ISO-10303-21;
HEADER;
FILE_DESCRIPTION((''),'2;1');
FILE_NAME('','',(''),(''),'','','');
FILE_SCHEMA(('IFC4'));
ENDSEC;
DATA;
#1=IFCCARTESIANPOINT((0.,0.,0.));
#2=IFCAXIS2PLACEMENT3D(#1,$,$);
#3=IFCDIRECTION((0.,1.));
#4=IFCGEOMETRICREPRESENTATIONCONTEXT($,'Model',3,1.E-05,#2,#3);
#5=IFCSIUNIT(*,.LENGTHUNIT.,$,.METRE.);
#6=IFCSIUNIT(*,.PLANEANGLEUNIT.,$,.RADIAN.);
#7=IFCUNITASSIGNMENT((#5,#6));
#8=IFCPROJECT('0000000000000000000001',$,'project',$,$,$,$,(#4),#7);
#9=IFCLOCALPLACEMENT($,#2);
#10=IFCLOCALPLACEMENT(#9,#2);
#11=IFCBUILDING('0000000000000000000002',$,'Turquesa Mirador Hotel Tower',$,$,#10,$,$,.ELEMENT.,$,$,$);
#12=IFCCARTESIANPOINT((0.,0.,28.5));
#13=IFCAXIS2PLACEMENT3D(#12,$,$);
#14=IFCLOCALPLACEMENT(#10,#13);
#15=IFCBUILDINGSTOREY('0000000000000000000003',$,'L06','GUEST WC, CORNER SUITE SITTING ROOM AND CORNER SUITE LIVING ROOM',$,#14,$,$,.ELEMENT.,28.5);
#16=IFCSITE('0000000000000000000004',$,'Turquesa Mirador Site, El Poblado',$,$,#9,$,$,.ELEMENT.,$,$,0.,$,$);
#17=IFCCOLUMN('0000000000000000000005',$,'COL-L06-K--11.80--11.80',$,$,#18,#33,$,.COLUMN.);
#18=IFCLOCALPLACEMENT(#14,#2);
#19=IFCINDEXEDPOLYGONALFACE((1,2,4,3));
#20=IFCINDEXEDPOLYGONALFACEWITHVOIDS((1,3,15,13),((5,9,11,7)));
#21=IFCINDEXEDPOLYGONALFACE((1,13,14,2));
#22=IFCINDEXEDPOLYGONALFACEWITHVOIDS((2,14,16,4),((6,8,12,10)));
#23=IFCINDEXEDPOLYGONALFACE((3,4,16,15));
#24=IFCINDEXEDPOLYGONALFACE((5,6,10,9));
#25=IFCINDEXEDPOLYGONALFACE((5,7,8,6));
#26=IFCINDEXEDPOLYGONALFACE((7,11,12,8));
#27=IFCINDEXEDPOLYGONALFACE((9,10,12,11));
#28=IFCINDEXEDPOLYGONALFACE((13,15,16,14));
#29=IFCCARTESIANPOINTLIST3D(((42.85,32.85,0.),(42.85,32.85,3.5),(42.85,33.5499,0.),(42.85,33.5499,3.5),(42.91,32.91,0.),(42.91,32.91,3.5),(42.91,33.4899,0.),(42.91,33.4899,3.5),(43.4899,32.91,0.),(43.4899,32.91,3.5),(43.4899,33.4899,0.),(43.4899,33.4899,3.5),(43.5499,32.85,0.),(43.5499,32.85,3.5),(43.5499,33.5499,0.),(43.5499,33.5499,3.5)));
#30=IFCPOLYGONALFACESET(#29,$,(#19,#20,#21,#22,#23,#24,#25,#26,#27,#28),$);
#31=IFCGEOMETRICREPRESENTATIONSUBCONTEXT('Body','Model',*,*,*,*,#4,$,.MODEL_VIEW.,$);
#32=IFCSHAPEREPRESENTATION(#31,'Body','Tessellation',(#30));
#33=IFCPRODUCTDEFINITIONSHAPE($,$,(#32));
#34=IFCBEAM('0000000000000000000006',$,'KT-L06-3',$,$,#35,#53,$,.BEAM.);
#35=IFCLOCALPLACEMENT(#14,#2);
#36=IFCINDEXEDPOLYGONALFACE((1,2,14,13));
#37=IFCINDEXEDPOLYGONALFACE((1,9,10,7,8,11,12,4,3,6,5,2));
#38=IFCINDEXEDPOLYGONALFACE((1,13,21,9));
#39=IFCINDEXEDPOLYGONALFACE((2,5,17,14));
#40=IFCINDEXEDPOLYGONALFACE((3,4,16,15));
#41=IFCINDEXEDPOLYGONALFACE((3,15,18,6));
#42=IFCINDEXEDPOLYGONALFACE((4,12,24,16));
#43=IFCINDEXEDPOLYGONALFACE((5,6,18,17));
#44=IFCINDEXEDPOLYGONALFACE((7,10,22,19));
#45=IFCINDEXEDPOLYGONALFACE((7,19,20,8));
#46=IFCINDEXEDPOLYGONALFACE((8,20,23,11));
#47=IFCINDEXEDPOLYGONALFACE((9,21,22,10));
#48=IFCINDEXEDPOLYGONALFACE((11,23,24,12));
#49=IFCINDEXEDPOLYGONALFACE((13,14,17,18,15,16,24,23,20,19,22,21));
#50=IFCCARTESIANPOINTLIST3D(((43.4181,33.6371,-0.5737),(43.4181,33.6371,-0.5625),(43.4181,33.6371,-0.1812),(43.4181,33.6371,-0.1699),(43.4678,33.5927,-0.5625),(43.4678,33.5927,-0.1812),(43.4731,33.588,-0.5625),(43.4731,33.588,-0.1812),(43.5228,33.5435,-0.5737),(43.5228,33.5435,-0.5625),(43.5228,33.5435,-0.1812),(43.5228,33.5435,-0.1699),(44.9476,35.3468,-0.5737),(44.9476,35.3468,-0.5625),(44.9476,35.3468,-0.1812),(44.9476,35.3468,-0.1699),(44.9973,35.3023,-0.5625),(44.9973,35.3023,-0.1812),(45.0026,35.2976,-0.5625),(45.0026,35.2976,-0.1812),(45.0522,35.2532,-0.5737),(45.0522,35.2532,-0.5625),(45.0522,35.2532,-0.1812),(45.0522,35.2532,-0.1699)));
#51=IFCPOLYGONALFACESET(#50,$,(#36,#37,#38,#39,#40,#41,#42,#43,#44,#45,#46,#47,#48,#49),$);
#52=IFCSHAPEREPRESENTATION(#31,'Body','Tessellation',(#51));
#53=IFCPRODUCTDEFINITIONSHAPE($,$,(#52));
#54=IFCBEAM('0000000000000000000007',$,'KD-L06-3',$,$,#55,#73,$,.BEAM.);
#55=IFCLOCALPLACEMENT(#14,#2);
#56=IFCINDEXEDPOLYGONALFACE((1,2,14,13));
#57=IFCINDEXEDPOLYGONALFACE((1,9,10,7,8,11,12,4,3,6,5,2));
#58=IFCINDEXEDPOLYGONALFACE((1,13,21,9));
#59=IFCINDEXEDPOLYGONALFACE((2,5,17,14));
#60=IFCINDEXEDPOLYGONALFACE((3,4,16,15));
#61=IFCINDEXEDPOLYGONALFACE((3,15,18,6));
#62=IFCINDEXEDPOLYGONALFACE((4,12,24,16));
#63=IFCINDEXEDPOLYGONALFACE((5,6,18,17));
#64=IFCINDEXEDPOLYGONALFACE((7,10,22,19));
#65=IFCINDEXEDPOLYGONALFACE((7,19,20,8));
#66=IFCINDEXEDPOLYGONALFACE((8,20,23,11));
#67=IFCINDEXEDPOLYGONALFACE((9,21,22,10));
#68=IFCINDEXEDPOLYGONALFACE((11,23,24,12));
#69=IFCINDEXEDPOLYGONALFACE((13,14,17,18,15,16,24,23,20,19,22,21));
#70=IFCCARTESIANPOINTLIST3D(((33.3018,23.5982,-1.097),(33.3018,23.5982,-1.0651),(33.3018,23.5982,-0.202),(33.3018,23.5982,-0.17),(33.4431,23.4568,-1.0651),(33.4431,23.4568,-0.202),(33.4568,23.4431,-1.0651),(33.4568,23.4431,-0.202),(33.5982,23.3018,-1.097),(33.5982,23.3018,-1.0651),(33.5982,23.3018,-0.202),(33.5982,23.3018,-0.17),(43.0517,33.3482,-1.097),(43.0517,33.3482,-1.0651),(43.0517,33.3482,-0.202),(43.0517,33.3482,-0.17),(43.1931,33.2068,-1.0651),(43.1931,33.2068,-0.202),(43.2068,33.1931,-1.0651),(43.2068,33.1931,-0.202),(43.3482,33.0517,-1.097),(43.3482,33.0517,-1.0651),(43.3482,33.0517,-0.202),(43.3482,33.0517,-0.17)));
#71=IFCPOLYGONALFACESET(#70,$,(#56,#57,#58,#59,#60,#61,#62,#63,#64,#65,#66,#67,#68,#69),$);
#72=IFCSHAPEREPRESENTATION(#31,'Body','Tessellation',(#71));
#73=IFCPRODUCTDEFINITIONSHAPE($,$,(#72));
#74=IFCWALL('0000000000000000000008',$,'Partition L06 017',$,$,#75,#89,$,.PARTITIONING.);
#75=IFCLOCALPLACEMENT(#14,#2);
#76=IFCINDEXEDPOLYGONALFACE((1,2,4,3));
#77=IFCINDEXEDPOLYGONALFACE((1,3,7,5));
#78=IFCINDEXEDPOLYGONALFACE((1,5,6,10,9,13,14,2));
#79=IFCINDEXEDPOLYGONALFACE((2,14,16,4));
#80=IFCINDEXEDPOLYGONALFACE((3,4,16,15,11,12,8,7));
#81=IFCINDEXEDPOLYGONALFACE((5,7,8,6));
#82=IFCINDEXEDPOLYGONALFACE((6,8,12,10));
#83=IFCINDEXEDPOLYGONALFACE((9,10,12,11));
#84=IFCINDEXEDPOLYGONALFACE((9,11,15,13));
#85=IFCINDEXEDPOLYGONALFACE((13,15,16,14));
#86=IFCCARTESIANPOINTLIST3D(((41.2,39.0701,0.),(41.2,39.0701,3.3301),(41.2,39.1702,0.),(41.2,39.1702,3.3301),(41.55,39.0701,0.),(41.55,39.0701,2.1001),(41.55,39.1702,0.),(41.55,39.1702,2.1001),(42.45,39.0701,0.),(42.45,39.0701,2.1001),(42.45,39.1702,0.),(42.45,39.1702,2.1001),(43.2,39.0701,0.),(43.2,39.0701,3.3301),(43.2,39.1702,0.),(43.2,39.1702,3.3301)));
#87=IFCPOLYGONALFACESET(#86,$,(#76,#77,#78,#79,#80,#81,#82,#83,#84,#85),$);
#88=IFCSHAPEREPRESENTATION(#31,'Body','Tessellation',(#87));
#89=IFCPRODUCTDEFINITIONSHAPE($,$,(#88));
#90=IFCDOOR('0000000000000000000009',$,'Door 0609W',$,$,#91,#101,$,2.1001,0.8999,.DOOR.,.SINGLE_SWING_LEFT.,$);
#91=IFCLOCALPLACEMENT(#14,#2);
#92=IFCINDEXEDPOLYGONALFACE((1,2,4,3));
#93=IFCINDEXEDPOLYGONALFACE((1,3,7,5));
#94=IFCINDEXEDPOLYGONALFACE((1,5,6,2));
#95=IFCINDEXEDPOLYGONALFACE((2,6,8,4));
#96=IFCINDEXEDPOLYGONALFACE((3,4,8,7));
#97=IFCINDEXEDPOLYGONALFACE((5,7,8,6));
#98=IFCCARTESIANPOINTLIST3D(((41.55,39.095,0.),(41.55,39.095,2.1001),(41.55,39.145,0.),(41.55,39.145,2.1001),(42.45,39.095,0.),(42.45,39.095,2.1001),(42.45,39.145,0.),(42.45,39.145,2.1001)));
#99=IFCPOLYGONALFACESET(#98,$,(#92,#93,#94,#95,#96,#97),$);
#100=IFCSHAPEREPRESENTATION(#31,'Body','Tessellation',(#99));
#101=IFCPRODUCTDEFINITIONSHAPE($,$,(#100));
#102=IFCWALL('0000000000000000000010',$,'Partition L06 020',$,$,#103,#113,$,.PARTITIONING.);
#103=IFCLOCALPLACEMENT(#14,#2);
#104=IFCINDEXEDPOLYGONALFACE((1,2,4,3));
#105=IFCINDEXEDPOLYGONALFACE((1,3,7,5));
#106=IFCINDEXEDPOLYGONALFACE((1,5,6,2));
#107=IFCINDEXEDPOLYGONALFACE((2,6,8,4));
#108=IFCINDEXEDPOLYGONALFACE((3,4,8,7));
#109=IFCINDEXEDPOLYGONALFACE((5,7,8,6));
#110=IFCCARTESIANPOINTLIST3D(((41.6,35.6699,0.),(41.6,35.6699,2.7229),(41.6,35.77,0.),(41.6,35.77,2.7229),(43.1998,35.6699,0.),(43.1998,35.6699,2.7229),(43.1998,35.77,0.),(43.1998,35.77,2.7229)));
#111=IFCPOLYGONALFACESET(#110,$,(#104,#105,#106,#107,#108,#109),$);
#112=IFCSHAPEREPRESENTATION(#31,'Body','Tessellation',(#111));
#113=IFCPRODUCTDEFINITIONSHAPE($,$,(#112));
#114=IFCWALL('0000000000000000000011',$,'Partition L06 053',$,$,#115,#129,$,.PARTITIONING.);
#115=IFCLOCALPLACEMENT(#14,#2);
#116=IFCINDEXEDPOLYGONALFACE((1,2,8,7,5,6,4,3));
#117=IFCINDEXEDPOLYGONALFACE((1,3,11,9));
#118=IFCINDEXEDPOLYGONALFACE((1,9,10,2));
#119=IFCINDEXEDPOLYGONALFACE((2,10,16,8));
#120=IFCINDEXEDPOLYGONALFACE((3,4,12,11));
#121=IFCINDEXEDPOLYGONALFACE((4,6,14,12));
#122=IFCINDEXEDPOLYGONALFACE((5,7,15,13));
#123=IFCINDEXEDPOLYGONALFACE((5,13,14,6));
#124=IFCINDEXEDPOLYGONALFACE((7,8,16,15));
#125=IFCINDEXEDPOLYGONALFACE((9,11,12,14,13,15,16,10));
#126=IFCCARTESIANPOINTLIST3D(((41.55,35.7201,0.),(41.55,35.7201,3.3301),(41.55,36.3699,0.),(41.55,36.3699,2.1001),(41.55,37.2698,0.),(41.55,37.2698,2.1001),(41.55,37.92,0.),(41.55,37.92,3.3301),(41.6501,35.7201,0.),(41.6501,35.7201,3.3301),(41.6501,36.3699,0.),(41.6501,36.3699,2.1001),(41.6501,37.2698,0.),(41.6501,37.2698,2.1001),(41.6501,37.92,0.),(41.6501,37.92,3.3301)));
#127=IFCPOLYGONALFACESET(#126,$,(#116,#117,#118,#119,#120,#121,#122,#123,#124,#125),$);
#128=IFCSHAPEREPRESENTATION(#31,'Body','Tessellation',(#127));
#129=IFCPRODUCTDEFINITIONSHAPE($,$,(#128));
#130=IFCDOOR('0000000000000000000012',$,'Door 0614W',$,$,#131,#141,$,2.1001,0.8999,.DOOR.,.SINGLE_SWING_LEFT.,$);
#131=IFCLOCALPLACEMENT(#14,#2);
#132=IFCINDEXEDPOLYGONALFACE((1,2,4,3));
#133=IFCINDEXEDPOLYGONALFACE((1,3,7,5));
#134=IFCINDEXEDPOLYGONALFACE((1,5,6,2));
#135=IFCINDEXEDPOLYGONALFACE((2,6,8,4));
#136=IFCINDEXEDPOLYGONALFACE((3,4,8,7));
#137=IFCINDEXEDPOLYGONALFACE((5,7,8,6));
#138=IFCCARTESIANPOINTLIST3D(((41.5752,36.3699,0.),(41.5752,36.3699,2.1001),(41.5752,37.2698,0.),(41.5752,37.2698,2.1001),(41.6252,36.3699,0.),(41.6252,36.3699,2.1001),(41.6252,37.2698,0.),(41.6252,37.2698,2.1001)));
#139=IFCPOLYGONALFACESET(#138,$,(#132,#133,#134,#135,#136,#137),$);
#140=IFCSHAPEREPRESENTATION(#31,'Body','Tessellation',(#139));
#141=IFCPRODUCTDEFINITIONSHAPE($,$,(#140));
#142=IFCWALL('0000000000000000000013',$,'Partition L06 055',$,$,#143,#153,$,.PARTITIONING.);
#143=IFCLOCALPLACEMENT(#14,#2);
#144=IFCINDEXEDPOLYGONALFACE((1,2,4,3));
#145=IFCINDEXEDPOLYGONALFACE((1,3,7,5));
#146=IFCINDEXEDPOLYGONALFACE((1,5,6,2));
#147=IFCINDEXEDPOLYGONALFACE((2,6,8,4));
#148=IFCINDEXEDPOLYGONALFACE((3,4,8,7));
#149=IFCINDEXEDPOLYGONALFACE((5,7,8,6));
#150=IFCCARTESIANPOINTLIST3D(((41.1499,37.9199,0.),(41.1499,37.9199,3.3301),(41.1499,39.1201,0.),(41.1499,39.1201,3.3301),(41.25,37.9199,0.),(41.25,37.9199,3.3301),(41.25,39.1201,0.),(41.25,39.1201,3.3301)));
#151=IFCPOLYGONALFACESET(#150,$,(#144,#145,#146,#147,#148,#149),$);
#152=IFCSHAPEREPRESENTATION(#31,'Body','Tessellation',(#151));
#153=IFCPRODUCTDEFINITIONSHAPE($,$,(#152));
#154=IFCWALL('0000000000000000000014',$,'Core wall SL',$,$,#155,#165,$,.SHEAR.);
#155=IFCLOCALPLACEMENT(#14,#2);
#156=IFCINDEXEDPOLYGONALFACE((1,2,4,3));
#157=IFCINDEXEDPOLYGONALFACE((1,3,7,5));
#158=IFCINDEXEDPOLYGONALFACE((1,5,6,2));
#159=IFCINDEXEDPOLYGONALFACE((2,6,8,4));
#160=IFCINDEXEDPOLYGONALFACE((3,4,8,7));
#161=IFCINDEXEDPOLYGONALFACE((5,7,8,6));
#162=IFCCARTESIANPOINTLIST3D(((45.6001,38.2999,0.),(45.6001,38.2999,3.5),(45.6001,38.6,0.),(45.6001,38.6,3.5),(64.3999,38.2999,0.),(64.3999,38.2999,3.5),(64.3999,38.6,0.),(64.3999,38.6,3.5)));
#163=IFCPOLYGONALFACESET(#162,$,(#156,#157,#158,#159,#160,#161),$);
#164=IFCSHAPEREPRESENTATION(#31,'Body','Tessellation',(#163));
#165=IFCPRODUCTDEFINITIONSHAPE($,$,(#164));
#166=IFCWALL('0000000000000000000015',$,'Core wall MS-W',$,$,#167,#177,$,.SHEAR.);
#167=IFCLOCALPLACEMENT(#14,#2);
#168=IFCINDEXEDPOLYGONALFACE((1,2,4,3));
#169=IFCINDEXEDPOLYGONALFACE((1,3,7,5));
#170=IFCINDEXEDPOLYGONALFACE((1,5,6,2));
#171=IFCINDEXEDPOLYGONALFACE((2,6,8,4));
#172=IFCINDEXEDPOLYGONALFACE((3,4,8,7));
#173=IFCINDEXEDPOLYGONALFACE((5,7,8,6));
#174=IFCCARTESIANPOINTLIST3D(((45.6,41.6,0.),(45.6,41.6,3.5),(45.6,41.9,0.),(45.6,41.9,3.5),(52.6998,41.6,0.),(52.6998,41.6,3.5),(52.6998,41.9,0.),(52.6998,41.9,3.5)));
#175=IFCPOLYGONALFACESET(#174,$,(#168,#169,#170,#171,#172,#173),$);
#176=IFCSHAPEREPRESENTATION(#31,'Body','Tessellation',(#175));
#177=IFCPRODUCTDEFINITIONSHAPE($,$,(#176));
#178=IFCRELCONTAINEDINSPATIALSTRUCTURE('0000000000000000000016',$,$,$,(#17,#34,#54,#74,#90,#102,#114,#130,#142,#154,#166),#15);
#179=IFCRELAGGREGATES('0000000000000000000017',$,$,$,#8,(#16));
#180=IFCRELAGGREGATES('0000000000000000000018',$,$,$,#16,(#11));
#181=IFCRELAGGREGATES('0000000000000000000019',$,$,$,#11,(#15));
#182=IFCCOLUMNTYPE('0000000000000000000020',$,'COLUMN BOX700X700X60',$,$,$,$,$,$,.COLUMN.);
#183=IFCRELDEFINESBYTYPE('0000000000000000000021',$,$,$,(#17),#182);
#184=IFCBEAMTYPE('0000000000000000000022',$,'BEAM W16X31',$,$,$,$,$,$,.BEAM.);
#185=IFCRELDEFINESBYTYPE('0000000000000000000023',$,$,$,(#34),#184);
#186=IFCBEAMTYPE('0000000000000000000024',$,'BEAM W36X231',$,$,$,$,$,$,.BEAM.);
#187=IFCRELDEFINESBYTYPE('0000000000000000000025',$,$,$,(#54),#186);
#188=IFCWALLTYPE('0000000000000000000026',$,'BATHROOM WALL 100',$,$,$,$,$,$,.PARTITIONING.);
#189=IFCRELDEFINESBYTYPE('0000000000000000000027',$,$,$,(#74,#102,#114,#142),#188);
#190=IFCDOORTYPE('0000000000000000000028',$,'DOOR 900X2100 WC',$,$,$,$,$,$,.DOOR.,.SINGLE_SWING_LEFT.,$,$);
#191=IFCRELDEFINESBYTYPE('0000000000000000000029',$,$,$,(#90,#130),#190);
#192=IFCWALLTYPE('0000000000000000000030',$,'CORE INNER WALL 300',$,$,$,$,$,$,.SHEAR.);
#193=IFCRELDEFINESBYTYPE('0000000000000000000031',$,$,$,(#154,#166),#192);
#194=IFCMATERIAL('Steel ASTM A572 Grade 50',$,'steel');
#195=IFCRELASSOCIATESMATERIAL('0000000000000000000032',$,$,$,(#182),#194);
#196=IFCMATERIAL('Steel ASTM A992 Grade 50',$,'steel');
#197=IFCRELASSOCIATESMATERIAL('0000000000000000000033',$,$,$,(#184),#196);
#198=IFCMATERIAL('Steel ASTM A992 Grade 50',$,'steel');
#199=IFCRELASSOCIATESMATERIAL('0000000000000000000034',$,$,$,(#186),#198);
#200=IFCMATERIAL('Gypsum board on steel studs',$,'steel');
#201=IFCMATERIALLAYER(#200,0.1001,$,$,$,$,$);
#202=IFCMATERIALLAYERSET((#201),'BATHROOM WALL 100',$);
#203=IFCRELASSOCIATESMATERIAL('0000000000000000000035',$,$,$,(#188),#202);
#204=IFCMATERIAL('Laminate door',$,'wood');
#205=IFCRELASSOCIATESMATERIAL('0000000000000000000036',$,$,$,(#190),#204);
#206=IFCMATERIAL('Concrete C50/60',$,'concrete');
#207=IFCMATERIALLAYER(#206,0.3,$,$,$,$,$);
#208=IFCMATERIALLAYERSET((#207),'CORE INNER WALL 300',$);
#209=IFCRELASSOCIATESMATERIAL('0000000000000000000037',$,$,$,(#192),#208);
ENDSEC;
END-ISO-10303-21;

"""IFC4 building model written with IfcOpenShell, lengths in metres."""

from ifc_helpers import new_model, si_unit, direction, frame, frame_2d, origin, origin_2d, place, context, subcontext, project, spatial, rectangle, hollow_rectangle, i_section, extrude, material, layer, layer_set, material_profile, profile_set, type_object, element, fill, save


model = new_model("IFC4")

# Units and contexts
model_context = context("Model", 3, precision=1e-05, world=origin(), true_north=direction((0.0, 1.0)))
body_context = subcontext(model_context, "Body", "Model", "MODEL_VIEW")
ifc_project = project(units=[si_unit("LENGTHUNIT", "METRE"), si_unit("PLANEANGLEUNIT", "RADIAN")], contexts=[model_context])

# Site, building, storey
site_placement = place(None, origin())
site = spatial("IfcSite", under=ifc_project, at=site_placement, Name="Turquesa Mirador Site, El Poblado", CompositionType="ELEMENT", RefElevation=0.0)
building_placement = place(site_placement, origin())
building = spatial("IfcBuilding", under=site, at=building_placement, Name="Turquesa Mirador Hotel Tower", CompositionType="ELEMENT")
storey_placement = place(building_placement, frame((0.0, 0.0, 28.5)))
storey = spatial("IfcBuildingStorey", under=building, at=storey_placement, Name="L06", Description="GUEST WC, CORNER SUITE SITTING ROOM AND CORNER SUITE LIVING ROOM", CompositionType="ELEMENT", Elevation=28.5)

# Column
ifc_material_1 = material(Name="Steel ASTM A572 Grade 50", Category="steel")
ifc_material_profile_1 = material_profile(ifc_material_1, hollow_rectangle(XDim=0.7, YDim=0.7, WallThickness=0.0601, at=origin_2d()), Name="BOX700X700X60")
ifc_profile_set_1 = profile_set([ifc_material_profile_1], Name="Steel ASTM A572 Grade 50")
column_type = type_object("IfcColumnType", Name="COLUMN BOX700X700X60", PredefinedType="COLUMN", material=ifc_profile_set_1)
column_placement = place(storey_placement, frame((43.2, 33.2, 0.0), z_axis=(0.0, 0.0, 1.0), x_axis=(1.0, 0.0, 0.0)))
element("IfcColumn", 1, at=column_placement, inside=storey, type_object=column_type, Name="COL-L06-K--11.80--11.80", PredefinedType="COLUMN", context=body_context, shape_type="SweptSolid", body=[
    extrude(hollow_rectangle(XDim=0.7, YDim=0.7, WallThickness=0.0601, at=origin_2d()), origin(), (0.0, 0.0, 1.0), 3.5),
])

# Beams
ifc_material_2 = material(Name="Steel ASTM A992 Grade 50", Category="steel")
ifc_material_profile_2 = material_profile(ifc_material_2, i_section(OverallWidth=0.1404, OverallDepth=0.4038, WebThickness=0.0071, FlangeThickness=0.0112, at=origin_2d()), Name="W16X31")
ifc_profile_set_2 = profile_set([ifc_material_profile_2], Name="Steel ASTM A992 Grade 50")
beam_type_1 = type_object("IfcBeamType", Name="BEAM W16X31", PredefinedType="BEAM", material=ifc_profile_set_2)
beam_1_placement = place(storey_placement, frame((43.4705, 33.5903, -0.3718), z_axis=(0.666745, 0.745286, 0.0), x_axis=(-0.745286, 0.666745, 0.0)))
element("IfcBeam", 2, at=beam_1_placement, inside=storey, type_object=beam_type_1, Name="KT-L06-3", PredefinedType="BEAM", context=body_context, shape_type="SweptSolid", body=[
    extrude(i_section(OverallWidth=0.1404, OverallDepth=0.4038, WebThickness=0.0071, FlangeThickness=0.0112, at=origin_2d()), origin(), (0.0, 0.0, 1.0), 2.2939),
])
ifc_material_3 = material(Name="Steel ASTM A992 Grade 50", Category="steel")
ifc_material_profile_3 = material_profile(ifc_material_3, i_section(OverallWidth=0.4192, OverallDepth=0.927, WebThickness=0.0193, FlangeThickness=0.032, at=origin_2d()), Name="W36X231")
ifc_profile_set_3 = profile_set([ifc_material_profile_3], Name="Steel ASTM A992 Grade 50")
beam_type_2 = type_object("IfcBeamType", Name="BEAM W36X231", PredefinedType="BEAM", material=ifc_profile_set_3)
beam_2_placement = place(storey_placement, frame((43.2, 33.2, -0.6335), z_axis=(-0.707107, -0.707107, 0.0), x_axis=(0.707107, -0.707107, 0.0)))
element("IfcBeam", 3, at=beam_2_placement, inside=storey, type_object=beam_type_2, Name="KD-L06-3", PredefinedType="BEAM", context=body_context, shape_type="SweptSolid", body=[
    extrude(i_section(OverallWidth=0.4192, OverallDepth=0.927, WebThickness=0.0193, FlangeThickness=0.032, at=origin_2d()), origin(), (0.0, 0.0, 1.0), 13.7886),
])

# Wall, opening, door
ifc_material_4 = material(Name="Gypsum board on steel studs", Category="steel")
ifc_layer_1 = layer(ifc_material_4, 0.1001)
ifc_layer_set_1 = layer_set([ifc_layer_1], Name="BATHROOM WALL 100")
wall_type_1 = type_object("IfcWallType", Name="BATHROOM WALL 100", PredefinedType="PARTITIONING", material=ifc_layer_set_1)
wall_1_placement = place(storey_placement, frame((41.2, 39.1201, 0.0), z_axis=(0.0, 0.0, 1.0), x_axis=(1.0, 0.0, 0.0)))
wall_1 = element("IfcWall", 4, at=wall_1_placement, inside=storey, type_object=wall_type_1, Name="Partition L06 017", PredefinedType="PARTITIONING", context=body_context, shape_type="SweptSolid", body=[
    extrude(rectangle(XDim=2.0, YDim=0.1001, at=frame_2d((1.0, 0.0))), origin(), (0.0, 0.0, 1.0), 3.3301),
])
opening_1_placement = place(wall_1_placement, frame((0.3501, 0.0, 0.0)))
opening_1 = element("IfcOpeningElement", 5, at=opening_1_placement, cuts=wall_1, PredefinedType="OPENING", context=body_context, shape_type="SweptSolid", body=[
    extrude(rectangle(XDim=0.8999, YDim=2.1001, at=frame_2d((0.45, 1.05))), frame((0.0, 0.0601, 0.0), z_axis=(0.0, -1.0, 0.0), x_axis=(1.0, 0.0, 0.0)), (0.0, 0.0, 1.0), 0.1201),
])
ifc_material_5 = material(Name="Laminate door", Category="wood")
door_type_1 = type_object("IfcDoorType", Name="DOOR 900X2100 WC", OperationType="SINGLE_SWING_LEFT", PredefinedType="DOOR", material=ifc_material_5)
door_1_placement = place(opening_1_placement, origin())
door_1 = element("IfcDoor", 6, at=door_1_placement, inside=storey, type_object=door_type_1, Name="Door 0609W", OperationType="SINGLE_SWING_LEFT", OverallHeight=2.1001, OverallWidth=0.8999, PredefinedType="DOOR", context=body_context, shape_type="SweptSolid", body=[
    extrude(rectangle(XDim=0.8999, YDim=2.1001, at=frame_2d((0.45, 1.05))), frame((0.0, 0.0249, 0.0), z_axis=(0.0, -1.0, 0.0), x_axis=(1.0, 0.0, 0.0)), (0.0, 0.0, 1.0), 0.05),
])
fill(opening_1, door_1)

# Wall
wall_2_placement = place(storey_placement, frame((41.6001, 35.72, 0.0), z_axis=(0.0, 0.0, 1.0), x_axis=(1.0, 0.0, 0.0)))
element("IfcWall", 7, at=wall_2_placement, inside=storey, type_object=wall_type_1, Name="Partition L06 020", PredefinedType="PARTITIONING", context=body_context, shape_type="SweptSolid", body=[
    extrude(rectangle(XDim=1.5999, YDim=0.1001, at=frame_2d((0.7998, 0.0))), origin(), (0.0, 0.0, 1.0), 2.7229),
])

# Wall, opening, door
wall_3_placement = place(storey_placement, frame((41.6001, 35.72, 0.0), z_axis=(0.0, 0.0, 1.0), x_axis=(0.0, 1.0, 0.0)))
wall_3 = element("IfcWall", 8, at=wall_3_placement, inside=storey, type_object=wall_type_1, Name="Partition L06 053", PredefinedType="PARTITIONING", context=body_context, shape_type="SweptSolid", body=[
    extrude(rectangle(XDim=2.2, YDim=0.1001, at=frame_2d((1.1001, 0.0))), origin(), (0.0, 0.0, 1.0), 3.3301),
])
opening_2_placement = place(wall_3_placement, frame((0.6499, 0.0, 0.0)))
opening_2 = element("IfcOpeningElement", 9, at=opening_2_placement, cuts=wall_3, PredefinedType="OPENING", context=body_context, shape_type="SweptSolid", body=[
    extrude(rectangle(XDim=0.8999, YDim=2.1001, at=frame_2d((0.45, 1.05))), frame((0.0, 0.0601, 0.0), z_axis=(0.0, -1.0, 0.0), x_axis=(1.0, 0.0, 0.0)), (0.0, 0.0, 1.0), 0.1201),
])
door_2_placement = place(opening_2_placement, origin())
door_2 = element("IfcDoor", 10, at=door_2_placement, inside=storey, type_object=door_type_1, Name="Door 0614W", OperationType="SINGLE_SWING_LEFT", OverallHeight=2.1001, OverallWidth=0.8999, PredefinedType="DOOR", context=body_context, shape_type="SweptSolid", body=[
    extrude(rectangle(XDim=0.8999, YDim=2.1001, at=frame_2d((0.45, 1.05))), frame((0.0, 0.0249, 0.0), z_axis=(0.0, -1.0, 0.0), x_axis=(1.0, 0.0, 0.0)), (0.0, 0.0, 1.0), 0.05),
])
fill(opening_2, door_2)

# Walls
wall_4_placement = place(storey_placement, frame((41.2, 37.9199, 0.0), z_axis=(0.0, 0.0, 1.0), x_axis=(0.0, 1.0, 0.0)))
element("IfcWall", 11, at=wall_4_placement, inside=storey, type_object=wall_type_1, Name="Partition L06 055", PredefinedType="PARTITIONING", context=body_context, shape_type="SweptSolid", body=[
    extrude(rectangle(XDim=1.2002, YDim=0.1001, at=frame_2d((0.6001, 0.0))), origin(), (0.0, 0.0, 1.0), 3.3301),
])
ifc_material_6 = material(Name="Concrete C50/60", Category="concrete")
ifc_layer_2 = layer(ifc_material_6, 0.3)
ifc_layer_set_2 = layer_set([ifc_layer_2], Name="CORE INNER WALL 300")
wall_type_2 = type_object("IfcWallType", Name="CORE INNER WALL 300", PredefinedType="SHEAR", material=ifc_layer_set_2)
wall_5_placement = place(storey_placement, frame((45.6001, 38.45, 0.0), z_axis=(0.0, 0.0, 1.0), x_axis=(1.0, 0.0, 0.0)))
element("IfcWall", 12, at=wall_5_placement, inside=storey, type_object=wall_type_2, Name="Core wall SL", PredefinedType="SHEAR", context=body_context, shape_type="SweptSolid", body=[
    extrude(rectangle(XDim=18.7998, YDim=0.3, at=frame_2d((9.3999, 0.0))), origin(), (0.0, 0.0, 1.0), 3.5),
])
wall_6_placement = place(storey_placement, frame((45.6001, 41.75, 0.0), z_axis=(0.0, 0.0, 1.0), x_axis=(1.0, 0.0, 0.0)))
element("IfcWall", 13, at=wall_6_placement, inside=storey, type_object=wall_type_2, Name="Core wall MS-W", PredefinedType="SHEAR", context=body_context, shape_type="SweptSolid", body=[
    extrude(rectangle(XDim=7.0999, YDim=0.3, at=frame_2d((3.5498, 0.0))), origin(), (0.0, 0.0, 1.0), 3.5),
])

save(model, "model.ifc")
